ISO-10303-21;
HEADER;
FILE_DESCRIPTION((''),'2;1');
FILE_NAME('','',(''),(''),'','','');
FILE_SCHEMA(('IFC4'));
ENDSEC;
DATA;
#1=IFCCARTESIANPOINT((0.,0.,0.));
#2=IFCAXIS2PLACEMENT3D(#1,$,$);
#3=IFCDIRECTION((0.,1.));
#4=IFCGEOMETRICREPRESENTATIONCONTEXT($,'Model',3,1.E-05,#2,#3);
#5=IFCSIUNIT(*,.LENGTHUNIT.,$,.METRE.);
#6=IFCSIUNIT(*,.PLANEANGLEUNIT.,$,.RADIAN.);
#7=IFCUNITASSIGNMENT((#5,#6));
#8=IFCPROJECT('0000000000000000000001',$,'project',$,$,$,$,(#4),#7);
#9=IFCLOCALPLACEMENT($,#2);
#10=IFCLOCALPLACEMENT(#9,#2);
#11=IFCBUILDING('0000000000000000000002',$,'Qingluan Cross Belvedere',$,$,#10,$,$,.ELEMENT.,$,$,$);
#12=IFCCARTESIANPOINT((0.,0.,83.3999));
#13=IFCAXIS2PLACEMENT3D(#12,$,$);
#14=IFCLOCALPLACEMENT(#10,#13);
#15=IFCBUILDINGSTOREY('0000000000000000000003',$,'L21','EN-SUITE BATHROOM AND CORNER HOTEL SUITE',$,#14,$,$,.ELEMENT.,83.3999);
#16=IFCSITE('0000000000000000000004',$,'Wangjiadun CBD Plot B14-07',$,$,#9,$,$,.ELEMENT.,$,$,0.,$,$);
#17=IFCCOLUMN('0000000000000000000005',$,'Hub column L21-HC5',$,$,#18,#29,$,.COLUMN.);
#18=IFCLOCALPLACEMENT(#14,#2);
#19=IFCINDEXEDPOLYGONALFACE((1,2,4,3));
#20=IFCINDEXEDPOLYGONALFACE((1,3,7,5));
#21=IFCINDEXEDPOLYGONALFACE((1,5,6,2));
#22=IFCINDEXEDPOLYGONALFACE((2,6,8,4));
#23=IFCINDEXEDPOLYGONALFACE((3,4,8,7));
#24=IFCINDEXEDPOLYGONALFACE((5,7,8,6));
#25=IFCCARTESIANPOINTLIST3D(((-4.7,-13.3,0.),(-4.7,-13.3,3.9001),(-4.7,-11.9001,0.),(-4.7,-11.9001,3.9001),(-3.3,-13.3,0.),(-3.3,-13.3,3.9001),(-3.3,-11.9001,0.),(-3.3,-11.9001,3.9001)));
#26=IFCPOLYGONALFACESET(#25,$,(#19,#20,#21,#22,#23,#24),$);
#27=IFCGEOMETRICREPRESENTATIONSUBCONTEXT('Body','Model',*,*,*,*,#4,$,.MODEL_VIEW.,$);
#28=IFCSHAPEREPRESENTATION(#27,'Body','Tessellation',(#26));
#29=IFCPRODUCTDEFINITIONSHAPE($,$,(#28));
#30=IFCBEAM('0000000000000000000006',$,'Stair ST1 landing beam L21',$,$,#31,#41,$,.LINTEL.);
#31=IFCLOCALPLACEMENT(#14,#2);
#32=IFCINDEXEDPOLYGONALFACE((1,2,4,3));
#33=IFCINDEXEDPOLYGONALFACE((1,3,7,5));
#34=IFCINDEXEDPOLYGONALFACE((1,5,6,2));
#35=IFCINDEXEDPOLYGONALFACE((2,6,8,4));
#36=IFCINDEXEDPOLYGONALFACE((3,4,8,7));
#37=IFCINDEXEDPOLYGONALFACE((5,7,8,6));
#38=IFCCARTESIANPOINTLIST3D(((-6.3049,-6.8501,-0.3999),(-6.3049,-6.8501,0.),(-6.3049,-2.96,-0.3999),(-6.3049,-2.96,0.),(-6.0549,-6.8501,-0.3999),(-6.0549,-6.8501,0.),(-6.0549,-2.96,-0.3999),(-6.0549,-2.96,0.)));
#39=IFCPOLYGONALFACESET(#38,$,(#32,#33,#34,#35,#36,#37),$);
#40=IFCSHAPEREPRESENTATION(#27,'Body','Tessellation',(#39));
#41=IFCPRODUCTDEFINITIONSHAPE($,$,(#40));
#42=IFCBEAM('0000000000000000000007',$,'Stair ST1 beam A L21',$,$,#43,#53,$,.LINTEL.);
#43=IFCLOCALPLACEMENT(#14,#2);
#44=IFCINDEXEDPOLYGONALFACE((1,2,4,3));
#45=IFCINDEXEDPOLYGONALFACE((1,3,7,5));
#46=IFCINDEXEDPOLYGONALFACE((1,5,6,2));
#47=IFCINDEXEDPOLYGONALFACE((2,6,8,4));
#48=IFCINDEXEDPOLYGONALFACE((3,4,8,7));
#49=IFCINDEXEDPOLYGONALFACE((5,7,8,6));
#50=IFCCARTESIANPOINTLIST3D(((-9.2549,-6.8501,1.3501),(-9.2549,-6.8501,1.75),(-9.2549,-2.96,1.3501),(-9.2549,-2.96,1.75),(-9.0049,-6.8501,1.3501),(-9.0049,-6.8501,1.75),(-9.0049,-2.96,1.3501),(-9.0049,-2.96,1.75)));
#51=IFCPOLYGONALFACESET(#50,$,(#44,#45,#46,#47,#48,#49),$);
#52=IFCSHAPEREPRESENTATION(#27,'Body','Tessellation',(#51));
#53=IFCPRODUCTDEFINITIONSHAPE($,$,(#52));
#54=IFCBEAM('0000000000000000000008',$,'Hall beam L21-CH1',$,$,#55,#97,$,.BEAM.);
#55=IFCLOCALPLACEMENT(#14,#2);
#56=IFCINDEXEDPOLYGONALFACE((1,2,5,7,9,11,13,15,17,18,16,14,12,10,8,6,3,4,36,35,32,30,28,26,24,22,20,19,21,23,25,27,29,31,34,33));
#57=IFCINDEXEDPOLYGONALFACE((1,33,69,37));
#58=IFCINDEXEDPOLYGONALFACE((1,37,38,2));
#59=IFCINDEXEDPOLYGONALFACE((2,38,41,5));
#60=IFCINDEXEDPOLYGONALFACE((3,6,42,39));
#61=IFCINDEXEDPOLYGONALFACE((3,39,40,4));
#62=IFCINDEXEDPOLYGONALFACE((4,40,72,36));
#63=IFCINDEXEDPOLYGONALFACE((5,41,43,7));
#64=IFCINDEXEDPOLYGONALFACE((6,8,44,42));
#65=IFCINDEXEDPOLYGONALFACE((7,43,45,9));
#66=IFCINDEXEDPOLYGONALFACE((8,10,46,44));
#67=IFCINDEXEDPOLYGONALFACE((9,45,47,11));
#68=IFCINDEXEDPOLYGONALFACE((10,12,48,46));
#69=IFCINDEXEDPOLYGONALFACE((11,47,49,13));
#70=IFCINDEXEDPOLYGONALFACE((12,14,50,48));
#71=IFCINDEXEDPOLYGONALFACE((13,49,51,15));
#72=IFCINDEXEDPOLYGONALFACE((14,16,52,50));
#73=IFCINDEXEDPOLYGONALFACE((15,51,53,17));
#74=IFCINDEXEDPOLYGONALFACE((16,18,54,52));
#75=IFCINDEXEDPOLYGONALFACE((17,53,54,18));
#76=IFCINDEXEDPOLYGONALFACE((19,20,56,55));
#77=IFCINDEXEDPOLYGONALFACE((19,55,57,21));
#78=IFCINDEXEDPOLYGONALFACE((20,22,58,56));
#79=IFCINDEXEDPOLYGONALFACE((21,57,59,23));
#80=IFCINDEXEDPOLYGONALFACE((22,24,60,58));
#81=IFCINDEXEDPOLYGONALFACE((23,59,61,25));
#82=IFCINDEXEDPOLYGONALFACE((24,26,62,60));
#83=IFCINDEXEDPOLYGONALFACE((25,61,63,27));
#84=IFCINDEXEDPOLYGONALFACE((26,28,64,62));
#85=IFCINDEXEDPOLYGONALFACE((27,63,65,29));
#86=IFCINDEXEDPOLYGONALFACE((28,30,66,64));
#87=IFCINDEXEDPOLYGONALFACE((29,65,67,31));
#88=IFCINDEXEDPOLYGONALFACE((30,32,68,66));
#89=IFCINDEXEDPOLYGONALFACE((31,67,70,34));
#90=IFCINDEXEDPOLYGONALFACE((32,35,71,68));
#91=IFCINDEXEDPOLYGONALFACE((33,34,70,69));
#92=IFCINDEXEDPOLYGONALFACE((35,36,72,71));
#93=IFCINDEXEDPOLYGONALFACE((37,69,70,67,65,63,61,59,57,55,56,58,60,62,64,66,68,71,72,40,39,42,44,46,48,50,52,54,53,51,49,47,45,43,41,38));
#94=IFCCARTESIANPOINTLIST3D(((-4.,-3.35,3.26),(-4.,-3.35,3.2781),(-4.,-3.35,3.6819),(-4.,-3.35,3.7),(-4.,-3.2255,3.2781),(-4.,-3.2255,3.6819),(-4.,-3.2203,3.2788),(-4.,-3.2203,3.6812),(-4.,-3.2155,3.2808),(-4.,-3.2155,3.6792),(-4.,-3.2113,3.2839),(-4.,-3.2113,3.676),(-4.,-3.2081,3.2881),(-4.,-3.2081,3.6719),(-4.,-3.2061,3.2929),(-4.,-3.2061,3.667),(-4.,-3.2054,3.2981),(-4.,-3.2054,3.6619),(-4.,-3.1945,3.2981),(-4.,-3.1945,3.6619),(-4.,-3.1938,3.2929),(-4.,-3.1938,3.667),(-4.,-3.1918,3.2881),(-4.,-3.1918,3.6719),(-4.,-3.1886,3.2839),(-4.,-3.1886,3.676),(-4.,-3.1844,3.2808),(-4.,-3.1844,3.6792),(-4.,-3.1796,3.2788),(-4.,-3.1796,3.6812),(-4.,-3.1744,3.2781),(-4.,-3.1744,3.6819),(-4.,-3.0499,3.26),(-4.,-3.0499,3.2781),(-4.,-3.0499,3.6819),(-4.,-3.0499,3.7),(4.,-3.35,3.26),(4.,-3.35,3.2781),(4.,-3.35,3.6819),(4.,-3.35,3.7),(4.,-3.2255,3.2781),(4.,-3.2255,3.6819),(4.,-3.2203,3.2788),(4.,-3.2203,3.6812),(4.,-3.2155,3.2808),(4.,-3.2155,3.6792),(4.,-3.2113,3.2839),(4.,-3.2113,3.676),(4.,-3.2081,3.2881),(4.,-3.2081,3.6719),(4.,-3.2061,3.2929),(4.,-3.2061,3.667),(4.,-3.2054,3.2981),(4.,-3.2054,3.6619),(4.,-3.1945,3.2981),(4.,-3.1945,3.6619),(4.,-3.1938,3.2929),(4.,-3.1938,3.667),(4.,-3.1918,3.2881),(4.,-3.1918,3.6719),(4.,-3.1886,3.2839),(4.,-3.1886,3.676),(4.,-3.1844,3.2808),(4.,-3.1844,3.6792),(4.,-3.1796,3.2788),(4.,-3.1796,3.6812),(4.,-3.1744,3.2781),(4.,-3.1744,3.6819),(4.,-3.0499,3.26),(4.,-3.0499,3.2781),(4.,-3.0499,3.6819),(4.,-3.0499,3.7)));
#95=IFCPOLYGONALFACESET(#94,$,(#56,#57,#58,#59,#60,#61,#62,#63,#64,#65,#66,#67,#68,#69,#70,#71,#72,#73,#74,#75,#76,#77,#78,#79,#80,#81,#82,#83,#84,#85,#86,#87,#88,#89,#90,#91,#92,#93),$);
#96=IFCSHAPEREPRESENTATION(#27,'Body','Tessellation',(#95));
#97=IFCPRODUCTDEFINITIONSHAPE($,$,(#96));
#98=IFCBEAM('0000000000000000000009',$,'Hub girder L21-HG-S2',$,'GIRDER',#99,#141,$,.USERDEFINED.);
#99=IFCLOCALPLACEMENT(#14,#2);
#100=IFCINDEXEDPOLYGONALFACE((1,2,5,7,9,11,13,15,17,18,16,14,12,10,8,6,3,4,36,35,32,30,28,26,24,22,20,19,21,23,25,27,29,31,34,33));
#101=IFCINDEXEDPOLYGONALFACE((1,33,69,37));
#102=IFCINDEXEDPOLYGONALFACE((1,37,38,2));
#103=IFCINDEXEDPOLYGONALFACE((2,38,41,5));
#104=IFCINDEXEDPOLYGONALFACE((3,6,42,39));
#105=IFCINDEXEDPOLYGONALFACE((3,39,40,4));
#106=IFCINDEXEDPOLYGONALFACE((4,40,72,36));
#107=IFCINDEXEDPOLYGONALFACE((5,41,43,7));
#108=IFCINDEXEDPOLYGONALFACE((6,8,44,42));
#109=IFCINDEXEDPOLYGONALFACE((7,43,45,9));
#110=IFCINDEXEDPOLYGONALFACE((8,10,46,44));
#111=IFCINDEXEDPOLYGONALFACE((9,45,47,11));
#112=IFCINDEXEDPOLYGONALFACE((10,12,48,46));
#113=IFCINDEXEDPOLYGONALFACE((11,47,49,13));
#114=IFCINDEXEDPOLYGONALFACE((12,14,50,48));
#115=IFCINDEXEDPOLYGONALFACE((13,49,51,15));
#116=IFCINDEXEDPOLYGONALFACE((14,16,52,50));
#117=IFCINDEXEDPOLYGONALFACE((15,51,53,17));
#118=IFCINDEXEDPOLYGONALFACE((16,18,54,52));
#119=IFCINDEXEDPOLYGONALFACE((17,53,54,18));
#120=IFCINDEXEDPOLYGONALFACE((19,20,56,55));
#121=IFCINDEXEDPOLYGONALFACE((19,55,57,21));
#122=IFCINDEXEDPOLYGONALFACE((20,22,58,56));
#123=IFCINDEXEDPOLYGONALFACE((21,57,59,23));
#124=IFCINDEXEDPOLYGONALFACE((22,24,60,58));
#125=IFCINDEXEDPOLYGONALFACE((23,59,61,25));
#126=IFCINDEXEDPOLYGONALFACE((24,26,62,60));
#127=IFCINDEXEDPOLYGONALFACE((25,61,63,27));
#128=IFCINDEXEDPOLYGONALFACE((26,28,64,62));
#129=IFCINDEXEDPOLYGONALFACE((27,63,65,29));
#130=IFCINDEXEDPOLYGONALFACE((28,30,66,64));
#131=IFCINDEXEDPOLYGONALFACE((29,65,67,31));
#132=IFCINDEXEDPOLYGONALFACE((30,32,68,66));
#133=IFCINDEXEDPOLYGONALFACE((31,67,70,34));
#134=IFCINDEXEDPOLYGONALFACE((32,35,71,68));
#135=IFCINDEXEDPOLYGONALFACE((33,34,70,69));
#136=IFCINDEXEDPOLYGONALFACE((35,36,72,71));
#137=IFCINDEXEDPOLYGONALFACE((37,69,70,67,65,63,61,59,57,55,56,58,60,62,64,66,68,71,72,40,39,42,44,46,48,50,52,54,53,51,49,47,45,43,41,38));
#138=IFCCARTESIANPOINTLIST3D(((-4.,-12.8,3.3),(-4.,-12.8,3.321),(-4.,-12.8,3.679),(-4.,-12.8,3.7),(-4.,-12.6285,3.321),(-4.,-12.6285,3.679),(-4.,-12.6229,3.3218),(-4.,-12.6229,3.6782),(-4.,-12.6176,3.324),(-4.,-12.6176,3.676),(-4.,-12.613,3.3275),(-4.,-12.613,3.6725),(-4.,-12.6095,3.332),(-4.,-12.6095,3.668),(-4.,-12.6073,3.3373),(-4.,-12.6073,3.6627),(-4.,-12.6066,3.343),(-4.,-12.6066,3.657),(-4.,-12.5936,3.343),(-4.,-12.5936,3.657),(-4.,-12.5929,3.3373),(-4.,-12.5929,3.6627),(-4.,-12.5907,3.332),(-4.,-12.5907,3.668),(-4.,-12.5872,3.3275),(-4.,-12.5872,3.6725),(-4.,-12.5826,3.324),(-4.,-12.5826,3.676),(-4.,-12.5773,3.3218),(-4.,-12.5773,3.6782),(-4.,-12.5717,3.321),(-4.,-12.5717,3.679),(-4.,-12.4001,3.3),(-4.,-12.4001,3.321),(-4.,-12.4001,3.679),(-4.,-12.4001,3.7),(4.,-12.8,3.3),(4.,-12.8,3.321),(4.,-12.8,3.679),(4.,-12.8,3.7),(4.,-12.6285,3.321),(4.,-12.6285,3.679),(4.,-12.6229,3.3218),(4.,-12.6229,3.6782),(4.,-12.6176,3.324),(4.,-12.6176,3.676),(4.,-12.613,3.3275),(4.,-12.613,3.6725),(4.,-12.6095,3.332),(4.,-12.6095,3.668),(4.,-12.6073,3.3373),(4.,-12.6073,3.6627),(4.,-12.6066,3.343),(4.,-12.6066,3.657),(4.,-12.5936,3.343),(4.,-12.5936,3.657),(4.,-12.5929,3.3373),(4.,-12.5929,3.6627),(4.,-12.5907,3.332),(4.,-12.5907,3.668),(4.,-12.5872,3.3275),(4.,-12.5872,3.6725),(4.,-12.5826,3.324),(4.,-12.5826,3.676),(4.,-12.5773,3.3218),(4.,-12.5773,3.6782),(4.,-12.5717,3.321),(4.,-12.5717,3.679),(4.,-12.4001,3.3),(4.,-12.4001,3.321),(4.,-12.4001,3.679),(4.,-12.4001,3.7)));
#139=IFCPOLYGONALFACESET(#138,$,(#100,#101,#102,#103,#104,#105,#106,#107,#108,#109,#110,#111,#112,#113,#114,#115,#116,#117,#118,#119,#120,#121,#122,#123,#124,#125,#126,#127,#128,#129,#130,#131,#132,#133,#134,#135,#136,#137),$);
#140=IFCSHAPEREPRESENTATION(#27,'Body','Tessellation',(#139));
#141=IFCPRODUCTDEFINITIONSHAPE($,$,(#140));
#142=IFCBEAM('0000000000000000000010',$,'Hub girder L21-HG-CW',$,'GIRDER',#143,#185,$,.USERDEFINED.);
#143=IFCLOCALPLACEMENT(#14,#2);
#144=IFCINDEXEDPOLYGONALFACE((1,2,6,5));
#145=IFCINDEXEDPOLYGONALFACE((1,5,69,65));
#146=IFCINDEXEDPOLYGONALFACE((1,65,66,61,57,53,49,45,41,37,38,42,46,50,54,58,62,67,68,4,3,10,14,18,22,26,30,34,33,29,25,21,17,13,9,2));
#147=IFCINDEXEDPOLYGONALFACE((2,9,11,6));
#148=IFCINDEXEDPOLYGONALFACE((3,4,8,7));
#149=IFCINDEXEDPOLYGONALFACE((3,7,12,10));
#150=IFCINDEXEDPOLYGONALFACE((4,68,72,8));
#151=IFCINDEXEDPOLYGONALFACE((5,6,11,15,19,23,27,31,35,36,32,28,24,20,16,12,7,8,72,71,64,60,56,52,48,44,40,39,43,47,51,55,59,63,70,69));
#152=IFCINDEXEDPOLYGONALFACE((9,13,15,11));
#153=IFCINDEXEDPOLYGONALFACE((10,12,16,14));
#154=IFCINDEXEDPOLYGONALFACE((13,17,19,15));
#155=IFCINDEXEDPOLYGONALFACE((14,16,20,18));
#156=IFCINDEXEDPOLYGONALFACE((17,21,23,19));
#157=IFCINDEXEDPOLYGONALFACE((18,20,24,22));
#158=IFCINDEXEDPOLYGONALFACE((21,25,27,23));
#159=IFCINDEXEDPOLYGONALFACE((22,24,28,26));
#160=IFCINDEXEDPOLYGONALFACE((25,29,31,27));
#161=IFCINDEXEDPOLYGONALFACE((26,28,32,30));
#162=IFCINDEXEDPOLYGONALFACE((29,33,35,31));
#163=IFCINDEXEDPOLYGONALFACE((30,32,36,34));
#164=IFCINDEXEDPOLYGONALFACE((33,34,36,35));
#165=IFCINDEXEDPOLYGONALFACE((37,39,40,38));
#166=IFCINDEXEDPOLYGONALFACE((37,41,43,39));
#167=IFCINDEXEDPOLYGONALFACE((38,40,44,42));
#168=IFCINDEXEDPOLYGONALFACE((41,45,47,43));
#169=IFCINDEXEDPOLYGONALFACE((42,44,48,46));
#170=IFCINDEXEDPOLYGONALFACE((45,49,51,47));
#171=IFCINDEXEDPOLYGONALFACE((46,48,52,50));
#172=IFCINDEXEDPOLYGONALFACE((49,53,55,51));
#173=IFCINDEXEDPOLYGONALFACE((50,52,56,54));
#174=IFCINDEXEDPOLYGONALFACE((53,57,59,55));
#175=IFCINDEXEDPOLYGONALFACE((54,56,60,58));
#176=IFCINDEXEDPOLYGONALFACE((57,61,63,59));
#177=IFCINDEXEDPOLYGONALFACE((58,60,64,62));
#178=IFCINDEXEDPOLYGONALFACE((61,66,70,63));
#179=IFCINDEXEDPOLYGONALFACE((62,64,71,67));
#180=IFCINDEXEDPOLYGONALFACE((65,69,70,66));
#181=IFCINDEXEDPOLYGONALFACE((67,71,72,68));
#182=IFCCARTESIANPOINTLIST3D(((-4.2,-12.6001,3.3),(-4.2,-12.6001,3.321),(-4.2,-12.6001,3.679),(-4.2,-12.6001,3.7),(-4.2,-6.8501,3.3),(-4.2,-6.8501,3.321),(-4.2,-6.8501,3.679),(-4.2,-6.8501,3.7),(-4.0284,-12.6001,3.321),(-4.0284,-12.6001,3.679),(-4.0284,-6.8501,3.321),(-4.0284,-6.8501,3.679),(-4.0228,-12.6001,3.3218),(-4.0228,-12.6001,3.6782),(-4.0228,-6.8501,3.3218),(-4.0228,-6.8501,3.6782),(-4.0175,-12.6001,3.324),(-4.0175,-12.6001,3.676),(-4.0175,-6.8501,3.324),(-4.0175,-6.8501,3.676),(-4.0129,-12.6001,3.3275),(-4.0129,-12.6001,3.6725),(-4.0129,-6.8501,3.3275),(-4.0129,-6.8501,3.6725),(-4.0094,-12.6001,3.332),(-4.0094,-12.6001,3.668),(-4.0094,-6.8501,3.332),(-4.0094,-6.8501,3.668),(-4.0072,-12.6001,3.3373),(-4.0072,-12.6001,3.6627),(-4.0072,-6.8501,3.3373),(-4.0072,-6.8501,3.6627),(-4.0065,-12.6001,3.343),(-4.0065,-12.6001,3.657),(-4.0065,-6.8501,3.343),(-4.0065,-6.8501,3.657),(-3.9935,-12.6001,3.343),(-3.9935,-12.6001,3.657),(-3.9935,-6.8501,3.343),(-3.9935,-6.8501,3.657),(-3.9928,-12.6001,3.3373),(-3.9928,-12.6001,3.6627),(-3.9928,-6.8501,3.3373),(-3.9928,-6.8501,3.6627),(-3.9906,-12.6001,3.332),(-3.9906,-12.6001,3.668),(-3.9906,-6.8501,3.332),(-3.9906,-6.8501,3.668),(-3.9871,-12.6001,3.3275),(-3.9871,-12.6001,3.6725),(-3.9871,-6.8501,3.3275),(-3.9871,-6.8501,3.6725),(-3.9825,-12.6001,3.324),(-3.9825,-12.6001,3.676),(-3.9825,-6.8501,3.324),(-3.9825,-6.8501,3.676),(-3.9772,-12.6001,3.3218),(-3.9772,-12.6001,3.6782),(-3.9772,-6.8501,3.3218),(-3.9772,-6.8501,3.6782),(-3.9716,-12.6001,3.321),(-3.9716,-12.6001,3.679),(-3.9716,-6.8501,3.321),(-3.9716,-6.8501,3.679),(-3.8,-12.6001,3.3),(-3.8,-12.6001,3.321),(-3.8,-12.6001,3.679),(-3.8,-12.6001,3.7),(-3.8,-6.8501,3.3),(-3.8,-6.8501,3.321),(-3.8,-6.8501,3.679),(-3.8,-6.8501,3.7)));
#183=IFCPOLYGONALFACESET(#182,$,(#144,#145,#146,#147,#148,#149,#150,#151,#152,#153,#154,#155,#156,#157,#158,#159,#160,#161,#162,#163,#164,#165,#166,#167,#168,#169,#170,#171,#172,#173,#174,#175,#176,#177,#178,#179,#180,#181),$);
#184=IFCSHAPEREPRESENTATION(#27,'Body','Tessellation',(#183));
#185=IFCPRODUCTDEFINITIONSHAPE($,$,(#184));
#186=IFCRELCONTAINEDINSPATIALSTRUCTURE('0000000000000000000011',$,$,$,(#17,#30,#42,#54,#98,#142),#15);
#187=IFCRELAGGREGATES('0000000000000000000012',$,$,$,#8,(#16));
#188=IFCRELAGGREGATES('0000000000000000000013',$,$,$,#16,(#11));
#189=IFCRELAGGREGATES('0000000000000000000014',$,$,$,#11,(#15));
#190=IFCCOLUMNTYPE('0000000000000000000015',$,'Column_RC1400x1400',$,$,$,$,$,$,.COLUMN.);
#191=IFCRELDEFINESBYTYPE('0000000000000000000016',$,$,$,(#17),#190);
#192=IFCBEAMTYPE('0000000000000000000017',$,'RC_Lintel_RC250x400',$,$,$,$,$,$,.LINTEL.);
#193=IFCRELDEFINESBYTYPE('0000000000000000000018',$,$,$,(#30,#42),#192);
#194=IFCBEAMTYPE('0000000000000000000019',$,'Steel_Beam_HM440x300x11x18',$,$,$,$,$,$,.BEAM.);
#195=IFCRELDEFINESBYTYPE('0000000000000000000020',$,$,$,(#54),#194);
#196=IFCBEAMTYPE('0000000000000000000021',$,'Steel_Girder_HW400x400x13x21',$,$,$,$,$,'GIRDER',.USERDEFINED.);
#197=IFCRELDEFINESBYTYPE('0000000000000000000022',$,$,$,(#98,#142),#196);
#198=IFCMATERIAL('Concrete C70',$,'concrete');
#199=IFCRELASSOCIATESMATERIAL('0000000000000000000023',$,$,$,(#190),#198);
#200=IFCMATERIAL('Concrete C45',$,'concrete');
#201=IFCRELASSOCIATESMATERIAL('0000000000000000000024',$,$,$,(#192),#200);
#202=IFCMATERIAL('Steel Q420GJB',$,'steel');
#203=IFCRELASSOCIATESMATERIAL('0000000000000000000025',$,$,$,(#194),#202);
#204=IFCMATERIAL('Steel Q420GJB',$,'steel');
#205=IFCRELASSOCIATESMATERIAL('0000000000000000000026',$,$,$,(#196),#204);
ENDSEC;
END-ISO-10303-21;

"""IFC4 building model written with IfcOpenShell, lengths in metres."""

from ifc_helpers import new_model, si_unit, direction, frame, origin, origin_2d, place, context, subcontext, project, spatial, rectangle, i_section, extrude, material, material_profile, profile_set, type_object, element, save


model = new_model("IFC4")

# Units and contexts
model_context = context("Model", 3, precision=1e-05, world=origin(), true_north=direction((0.0, 1.0)))
body_context = subcontext(model_context, "Body", "Model", "MODEL_VIEW")
ifc_project = project(units=[si_unit("LENGTHUNIT", "METRE"), si_unit("PLANEANGLEUNIT", "RADIAN")], contexts=[model_context])

# Site, building, storey
site_placement = place(None, origin())
site = spatial("IfcSite", under=ifc_project, at=site_placement, Name="Wangjiadun CBD Plot B14-07", CompositionType="ELEMENT", RefElevation=0.0)
building_placement = place(site_placement, origin())
building = spatial("IfcBuilding", under=site, at=building_placement, Name="Qingluan Cross Belvedere", CompositionType="ELEMENT")
storey_placement = place(building_placement, frame((0.0, 0.0, 83.3999)))
storey = spatial("IfcBuildingStorey", under=building, at=storey_placement, Name="L21", Description="EN-SUITE BATHROOM AND CORNER HOTEL SUITE", CompositionType="ELEMENT", Elevation=83.3999)

# Column
ifc_material_1 = material(Name="Concrete C70", Category="concrete")
ifc_material_profile_1 = material_profile(ifc_material_1, rectangle(XDim=1.3999, YDim=1.3999, at=origin_2d()), Name="RC1400x1400")
ifc_profile_set_1 = profile_set([ifc_material_profile_1], Name="Concrete C70")
column_type = type_object("IfcColumnType", Name="Column_RC1400x1400", PredefinedType="COLUMN", material=ifc_profile_set_1)
column_placement = place(storey_placement, frame((-4.0, -12.6001, 0.0), z_axis=(0.0, 0.0, 1.0), x_axis=(1.0, 0.0, 0.0)))
element("IfcColumn", 1, at=column_placement, inside=storey, type_object=column_type, Name="Hub column L21-HC5", PredefinedType="COLUMN", context=body_context, shape_type="SweptSolid", body=[
    extrude(rectangle(XDim=1.3999, YDim=1.3999, at=origin_2d()), origin(), (0.0, 0.0, 1.0), 3.9001),
])

# Beams
ifc_material_2 = material(Name="Concrete C45", Category="concrete")
ifc_material_profile_2 = material_profile(ifc_material_2, rectangle(XDim=0.25, YDim=0.3999, at=origin_2d()), Name="RC250x400")
ifc_profile_set_2 = profile_set([ifc_material_profile_2], Name="Concrete C45")
beam_type_1 = type_object("IfcBeamType", Name="RC_Lintel_RC250x400", PredefinedType="LINTEL", material=ifc_profile_set_2)
for number, where, z_axis, x_axis, name in (
    (2, (-6.1799, -6.8501, -0.2), (0.0, 1.0, 0.0), (-1.0, 0.0, 0.0), "Stair ST1 landing beam L21"),
    (3, (-9.1299, -6.8501, 1.55), (0.0, 1.0, 0.0), (-1.0, 0.0, 0.0), "Stair ST1 beam A L21"),
):
    element("IfcBeam", number, at=place(storey_placement, frame(where, z_axis=z_axis, x_axis=x_axis)), inside=storey, type_object=beam_type_1, Name=name, PredefinedType="LINTEL", context=body_context, shape_type="SweptSolid", body=[
        extrude(rectangle(XDim=0.25, YDim=0.3999, at=origin_2d()), origin(), (0.0, 0.0, 1.0), 3.8901),
    ])
ifc_material_3 = material(Name="Steel Q420GJB", Category="steel")
ifc_material_profile_3 = material_profile(ifc_material_3, i_section(OverallWidth=0.3, OverallDepth=0.4399, WebThickness=0.011, FlangeThickness=0.0181, FilletRadius=0.02, at=origin_2d()), Name="HM440x300x11x18")
ifc_profile_set_3 = profile_set([ifc_material_profile_3], Name="Steel Q420GJB")
beam_type_2 = type_object("IfcBeamType", Name="Steel_Beam_HM440x300x11x18", PredefinedType="BEAM", material=ifc_profile_set_3)
beam_1_placement = place(storey_placement, frame((-4.0, -3.2, 3.48), z_axis=(1.0, 0.0, 0.0), x_axis=(0.0, 1.0, 0.0)))
element("IfcBeam", 4, at=beam_1_placement, inside=storey, type_object=beam_type_2, Name="Hall beam L21-CH1", PredefinedType="BEAM", context=body_context, shape_type="SweptSolid", body=[
    extrude(i_section(OverallWidth=0.3, OverallDepth=0.4399, WebThickness=0.011, FlangeThickness=0.0181, FilletRadius=0.02, at=origin_2d()), origin(), (0.0, 0.0, 1.0), 8.0),
])
ifc_material_4 = material(Name="Steel Q420GJB", Category="steel")
ifc_material_profile_4 = material_profile(ifc_material_4, i_section(OverallWidth=0.3999, OverallDepth=0.3999, WebThickness=0.0129, FlangeThickness=0.021, FilletRadius=0.022, at=origin_2d()), Name="HW400x400x13x21")
ifc_profile_set_4 = profile_set([ifc_material_profile_4], Name="Steel Q420GJB")
beam_type_3 = type_object("IfcBeamType", Name="Steel_Girder_HW400x400x13x21", ElementType="GIRDER", PredefinedType="USERDEFINED", material=ifc_profile_set_4)
beam_2_placement = place(storey_placement, frame((-4.0, -12.6001, 3.5), z_axis=(1.0, 0.0, 0.0), x_axis=(0.0, 1.0, 0.0)))
element("IfcBeam", 5, at=beam_2_placement, inside=storey, type_object=beam_type_3, Name="Hub girder L21-HG-S2", ObjectType="GIRDER", PredefinedType="USERDEFINED", context=body_context, shape_type="SweptSolid", body=[
    extrude(i_section(OverallWidth=0.3999, OverallDepth=0.3999, WebThickness=0.0129, FlangeThickness=0.021, FilletRadius=0.022, at=origin_2d()), origin(), (0.0, 0.0, 1.0), 8.0),
])
beam_3_placement = place(storey_placement, frame((-4.0, -12.6001, 3.5), z_axis=(0.0, 1.0, 0.0), x_axis=(-1.0, 0.0, 0.0)))
element("IfcBeam", 6, at=beam_3_placement, inside=storey, type_object=beam_type_3, Name="Hub girder L21-HG-CW", ObjectType="GIRDER", PredefinedType="USERDEFINED", context=body_context, shape_type="SweptSolid", body=[
    extrude(i_section(OverallWidth=0.3999, OverallDepth=0.3999, WebThickness=0.0129, FlangeThickness=0.021, FilletRadius=0.022, at=origin_2d()), origin(), (0.0, 0.0, 1.0), 5.75),
])

save(model, "model.ifc")
